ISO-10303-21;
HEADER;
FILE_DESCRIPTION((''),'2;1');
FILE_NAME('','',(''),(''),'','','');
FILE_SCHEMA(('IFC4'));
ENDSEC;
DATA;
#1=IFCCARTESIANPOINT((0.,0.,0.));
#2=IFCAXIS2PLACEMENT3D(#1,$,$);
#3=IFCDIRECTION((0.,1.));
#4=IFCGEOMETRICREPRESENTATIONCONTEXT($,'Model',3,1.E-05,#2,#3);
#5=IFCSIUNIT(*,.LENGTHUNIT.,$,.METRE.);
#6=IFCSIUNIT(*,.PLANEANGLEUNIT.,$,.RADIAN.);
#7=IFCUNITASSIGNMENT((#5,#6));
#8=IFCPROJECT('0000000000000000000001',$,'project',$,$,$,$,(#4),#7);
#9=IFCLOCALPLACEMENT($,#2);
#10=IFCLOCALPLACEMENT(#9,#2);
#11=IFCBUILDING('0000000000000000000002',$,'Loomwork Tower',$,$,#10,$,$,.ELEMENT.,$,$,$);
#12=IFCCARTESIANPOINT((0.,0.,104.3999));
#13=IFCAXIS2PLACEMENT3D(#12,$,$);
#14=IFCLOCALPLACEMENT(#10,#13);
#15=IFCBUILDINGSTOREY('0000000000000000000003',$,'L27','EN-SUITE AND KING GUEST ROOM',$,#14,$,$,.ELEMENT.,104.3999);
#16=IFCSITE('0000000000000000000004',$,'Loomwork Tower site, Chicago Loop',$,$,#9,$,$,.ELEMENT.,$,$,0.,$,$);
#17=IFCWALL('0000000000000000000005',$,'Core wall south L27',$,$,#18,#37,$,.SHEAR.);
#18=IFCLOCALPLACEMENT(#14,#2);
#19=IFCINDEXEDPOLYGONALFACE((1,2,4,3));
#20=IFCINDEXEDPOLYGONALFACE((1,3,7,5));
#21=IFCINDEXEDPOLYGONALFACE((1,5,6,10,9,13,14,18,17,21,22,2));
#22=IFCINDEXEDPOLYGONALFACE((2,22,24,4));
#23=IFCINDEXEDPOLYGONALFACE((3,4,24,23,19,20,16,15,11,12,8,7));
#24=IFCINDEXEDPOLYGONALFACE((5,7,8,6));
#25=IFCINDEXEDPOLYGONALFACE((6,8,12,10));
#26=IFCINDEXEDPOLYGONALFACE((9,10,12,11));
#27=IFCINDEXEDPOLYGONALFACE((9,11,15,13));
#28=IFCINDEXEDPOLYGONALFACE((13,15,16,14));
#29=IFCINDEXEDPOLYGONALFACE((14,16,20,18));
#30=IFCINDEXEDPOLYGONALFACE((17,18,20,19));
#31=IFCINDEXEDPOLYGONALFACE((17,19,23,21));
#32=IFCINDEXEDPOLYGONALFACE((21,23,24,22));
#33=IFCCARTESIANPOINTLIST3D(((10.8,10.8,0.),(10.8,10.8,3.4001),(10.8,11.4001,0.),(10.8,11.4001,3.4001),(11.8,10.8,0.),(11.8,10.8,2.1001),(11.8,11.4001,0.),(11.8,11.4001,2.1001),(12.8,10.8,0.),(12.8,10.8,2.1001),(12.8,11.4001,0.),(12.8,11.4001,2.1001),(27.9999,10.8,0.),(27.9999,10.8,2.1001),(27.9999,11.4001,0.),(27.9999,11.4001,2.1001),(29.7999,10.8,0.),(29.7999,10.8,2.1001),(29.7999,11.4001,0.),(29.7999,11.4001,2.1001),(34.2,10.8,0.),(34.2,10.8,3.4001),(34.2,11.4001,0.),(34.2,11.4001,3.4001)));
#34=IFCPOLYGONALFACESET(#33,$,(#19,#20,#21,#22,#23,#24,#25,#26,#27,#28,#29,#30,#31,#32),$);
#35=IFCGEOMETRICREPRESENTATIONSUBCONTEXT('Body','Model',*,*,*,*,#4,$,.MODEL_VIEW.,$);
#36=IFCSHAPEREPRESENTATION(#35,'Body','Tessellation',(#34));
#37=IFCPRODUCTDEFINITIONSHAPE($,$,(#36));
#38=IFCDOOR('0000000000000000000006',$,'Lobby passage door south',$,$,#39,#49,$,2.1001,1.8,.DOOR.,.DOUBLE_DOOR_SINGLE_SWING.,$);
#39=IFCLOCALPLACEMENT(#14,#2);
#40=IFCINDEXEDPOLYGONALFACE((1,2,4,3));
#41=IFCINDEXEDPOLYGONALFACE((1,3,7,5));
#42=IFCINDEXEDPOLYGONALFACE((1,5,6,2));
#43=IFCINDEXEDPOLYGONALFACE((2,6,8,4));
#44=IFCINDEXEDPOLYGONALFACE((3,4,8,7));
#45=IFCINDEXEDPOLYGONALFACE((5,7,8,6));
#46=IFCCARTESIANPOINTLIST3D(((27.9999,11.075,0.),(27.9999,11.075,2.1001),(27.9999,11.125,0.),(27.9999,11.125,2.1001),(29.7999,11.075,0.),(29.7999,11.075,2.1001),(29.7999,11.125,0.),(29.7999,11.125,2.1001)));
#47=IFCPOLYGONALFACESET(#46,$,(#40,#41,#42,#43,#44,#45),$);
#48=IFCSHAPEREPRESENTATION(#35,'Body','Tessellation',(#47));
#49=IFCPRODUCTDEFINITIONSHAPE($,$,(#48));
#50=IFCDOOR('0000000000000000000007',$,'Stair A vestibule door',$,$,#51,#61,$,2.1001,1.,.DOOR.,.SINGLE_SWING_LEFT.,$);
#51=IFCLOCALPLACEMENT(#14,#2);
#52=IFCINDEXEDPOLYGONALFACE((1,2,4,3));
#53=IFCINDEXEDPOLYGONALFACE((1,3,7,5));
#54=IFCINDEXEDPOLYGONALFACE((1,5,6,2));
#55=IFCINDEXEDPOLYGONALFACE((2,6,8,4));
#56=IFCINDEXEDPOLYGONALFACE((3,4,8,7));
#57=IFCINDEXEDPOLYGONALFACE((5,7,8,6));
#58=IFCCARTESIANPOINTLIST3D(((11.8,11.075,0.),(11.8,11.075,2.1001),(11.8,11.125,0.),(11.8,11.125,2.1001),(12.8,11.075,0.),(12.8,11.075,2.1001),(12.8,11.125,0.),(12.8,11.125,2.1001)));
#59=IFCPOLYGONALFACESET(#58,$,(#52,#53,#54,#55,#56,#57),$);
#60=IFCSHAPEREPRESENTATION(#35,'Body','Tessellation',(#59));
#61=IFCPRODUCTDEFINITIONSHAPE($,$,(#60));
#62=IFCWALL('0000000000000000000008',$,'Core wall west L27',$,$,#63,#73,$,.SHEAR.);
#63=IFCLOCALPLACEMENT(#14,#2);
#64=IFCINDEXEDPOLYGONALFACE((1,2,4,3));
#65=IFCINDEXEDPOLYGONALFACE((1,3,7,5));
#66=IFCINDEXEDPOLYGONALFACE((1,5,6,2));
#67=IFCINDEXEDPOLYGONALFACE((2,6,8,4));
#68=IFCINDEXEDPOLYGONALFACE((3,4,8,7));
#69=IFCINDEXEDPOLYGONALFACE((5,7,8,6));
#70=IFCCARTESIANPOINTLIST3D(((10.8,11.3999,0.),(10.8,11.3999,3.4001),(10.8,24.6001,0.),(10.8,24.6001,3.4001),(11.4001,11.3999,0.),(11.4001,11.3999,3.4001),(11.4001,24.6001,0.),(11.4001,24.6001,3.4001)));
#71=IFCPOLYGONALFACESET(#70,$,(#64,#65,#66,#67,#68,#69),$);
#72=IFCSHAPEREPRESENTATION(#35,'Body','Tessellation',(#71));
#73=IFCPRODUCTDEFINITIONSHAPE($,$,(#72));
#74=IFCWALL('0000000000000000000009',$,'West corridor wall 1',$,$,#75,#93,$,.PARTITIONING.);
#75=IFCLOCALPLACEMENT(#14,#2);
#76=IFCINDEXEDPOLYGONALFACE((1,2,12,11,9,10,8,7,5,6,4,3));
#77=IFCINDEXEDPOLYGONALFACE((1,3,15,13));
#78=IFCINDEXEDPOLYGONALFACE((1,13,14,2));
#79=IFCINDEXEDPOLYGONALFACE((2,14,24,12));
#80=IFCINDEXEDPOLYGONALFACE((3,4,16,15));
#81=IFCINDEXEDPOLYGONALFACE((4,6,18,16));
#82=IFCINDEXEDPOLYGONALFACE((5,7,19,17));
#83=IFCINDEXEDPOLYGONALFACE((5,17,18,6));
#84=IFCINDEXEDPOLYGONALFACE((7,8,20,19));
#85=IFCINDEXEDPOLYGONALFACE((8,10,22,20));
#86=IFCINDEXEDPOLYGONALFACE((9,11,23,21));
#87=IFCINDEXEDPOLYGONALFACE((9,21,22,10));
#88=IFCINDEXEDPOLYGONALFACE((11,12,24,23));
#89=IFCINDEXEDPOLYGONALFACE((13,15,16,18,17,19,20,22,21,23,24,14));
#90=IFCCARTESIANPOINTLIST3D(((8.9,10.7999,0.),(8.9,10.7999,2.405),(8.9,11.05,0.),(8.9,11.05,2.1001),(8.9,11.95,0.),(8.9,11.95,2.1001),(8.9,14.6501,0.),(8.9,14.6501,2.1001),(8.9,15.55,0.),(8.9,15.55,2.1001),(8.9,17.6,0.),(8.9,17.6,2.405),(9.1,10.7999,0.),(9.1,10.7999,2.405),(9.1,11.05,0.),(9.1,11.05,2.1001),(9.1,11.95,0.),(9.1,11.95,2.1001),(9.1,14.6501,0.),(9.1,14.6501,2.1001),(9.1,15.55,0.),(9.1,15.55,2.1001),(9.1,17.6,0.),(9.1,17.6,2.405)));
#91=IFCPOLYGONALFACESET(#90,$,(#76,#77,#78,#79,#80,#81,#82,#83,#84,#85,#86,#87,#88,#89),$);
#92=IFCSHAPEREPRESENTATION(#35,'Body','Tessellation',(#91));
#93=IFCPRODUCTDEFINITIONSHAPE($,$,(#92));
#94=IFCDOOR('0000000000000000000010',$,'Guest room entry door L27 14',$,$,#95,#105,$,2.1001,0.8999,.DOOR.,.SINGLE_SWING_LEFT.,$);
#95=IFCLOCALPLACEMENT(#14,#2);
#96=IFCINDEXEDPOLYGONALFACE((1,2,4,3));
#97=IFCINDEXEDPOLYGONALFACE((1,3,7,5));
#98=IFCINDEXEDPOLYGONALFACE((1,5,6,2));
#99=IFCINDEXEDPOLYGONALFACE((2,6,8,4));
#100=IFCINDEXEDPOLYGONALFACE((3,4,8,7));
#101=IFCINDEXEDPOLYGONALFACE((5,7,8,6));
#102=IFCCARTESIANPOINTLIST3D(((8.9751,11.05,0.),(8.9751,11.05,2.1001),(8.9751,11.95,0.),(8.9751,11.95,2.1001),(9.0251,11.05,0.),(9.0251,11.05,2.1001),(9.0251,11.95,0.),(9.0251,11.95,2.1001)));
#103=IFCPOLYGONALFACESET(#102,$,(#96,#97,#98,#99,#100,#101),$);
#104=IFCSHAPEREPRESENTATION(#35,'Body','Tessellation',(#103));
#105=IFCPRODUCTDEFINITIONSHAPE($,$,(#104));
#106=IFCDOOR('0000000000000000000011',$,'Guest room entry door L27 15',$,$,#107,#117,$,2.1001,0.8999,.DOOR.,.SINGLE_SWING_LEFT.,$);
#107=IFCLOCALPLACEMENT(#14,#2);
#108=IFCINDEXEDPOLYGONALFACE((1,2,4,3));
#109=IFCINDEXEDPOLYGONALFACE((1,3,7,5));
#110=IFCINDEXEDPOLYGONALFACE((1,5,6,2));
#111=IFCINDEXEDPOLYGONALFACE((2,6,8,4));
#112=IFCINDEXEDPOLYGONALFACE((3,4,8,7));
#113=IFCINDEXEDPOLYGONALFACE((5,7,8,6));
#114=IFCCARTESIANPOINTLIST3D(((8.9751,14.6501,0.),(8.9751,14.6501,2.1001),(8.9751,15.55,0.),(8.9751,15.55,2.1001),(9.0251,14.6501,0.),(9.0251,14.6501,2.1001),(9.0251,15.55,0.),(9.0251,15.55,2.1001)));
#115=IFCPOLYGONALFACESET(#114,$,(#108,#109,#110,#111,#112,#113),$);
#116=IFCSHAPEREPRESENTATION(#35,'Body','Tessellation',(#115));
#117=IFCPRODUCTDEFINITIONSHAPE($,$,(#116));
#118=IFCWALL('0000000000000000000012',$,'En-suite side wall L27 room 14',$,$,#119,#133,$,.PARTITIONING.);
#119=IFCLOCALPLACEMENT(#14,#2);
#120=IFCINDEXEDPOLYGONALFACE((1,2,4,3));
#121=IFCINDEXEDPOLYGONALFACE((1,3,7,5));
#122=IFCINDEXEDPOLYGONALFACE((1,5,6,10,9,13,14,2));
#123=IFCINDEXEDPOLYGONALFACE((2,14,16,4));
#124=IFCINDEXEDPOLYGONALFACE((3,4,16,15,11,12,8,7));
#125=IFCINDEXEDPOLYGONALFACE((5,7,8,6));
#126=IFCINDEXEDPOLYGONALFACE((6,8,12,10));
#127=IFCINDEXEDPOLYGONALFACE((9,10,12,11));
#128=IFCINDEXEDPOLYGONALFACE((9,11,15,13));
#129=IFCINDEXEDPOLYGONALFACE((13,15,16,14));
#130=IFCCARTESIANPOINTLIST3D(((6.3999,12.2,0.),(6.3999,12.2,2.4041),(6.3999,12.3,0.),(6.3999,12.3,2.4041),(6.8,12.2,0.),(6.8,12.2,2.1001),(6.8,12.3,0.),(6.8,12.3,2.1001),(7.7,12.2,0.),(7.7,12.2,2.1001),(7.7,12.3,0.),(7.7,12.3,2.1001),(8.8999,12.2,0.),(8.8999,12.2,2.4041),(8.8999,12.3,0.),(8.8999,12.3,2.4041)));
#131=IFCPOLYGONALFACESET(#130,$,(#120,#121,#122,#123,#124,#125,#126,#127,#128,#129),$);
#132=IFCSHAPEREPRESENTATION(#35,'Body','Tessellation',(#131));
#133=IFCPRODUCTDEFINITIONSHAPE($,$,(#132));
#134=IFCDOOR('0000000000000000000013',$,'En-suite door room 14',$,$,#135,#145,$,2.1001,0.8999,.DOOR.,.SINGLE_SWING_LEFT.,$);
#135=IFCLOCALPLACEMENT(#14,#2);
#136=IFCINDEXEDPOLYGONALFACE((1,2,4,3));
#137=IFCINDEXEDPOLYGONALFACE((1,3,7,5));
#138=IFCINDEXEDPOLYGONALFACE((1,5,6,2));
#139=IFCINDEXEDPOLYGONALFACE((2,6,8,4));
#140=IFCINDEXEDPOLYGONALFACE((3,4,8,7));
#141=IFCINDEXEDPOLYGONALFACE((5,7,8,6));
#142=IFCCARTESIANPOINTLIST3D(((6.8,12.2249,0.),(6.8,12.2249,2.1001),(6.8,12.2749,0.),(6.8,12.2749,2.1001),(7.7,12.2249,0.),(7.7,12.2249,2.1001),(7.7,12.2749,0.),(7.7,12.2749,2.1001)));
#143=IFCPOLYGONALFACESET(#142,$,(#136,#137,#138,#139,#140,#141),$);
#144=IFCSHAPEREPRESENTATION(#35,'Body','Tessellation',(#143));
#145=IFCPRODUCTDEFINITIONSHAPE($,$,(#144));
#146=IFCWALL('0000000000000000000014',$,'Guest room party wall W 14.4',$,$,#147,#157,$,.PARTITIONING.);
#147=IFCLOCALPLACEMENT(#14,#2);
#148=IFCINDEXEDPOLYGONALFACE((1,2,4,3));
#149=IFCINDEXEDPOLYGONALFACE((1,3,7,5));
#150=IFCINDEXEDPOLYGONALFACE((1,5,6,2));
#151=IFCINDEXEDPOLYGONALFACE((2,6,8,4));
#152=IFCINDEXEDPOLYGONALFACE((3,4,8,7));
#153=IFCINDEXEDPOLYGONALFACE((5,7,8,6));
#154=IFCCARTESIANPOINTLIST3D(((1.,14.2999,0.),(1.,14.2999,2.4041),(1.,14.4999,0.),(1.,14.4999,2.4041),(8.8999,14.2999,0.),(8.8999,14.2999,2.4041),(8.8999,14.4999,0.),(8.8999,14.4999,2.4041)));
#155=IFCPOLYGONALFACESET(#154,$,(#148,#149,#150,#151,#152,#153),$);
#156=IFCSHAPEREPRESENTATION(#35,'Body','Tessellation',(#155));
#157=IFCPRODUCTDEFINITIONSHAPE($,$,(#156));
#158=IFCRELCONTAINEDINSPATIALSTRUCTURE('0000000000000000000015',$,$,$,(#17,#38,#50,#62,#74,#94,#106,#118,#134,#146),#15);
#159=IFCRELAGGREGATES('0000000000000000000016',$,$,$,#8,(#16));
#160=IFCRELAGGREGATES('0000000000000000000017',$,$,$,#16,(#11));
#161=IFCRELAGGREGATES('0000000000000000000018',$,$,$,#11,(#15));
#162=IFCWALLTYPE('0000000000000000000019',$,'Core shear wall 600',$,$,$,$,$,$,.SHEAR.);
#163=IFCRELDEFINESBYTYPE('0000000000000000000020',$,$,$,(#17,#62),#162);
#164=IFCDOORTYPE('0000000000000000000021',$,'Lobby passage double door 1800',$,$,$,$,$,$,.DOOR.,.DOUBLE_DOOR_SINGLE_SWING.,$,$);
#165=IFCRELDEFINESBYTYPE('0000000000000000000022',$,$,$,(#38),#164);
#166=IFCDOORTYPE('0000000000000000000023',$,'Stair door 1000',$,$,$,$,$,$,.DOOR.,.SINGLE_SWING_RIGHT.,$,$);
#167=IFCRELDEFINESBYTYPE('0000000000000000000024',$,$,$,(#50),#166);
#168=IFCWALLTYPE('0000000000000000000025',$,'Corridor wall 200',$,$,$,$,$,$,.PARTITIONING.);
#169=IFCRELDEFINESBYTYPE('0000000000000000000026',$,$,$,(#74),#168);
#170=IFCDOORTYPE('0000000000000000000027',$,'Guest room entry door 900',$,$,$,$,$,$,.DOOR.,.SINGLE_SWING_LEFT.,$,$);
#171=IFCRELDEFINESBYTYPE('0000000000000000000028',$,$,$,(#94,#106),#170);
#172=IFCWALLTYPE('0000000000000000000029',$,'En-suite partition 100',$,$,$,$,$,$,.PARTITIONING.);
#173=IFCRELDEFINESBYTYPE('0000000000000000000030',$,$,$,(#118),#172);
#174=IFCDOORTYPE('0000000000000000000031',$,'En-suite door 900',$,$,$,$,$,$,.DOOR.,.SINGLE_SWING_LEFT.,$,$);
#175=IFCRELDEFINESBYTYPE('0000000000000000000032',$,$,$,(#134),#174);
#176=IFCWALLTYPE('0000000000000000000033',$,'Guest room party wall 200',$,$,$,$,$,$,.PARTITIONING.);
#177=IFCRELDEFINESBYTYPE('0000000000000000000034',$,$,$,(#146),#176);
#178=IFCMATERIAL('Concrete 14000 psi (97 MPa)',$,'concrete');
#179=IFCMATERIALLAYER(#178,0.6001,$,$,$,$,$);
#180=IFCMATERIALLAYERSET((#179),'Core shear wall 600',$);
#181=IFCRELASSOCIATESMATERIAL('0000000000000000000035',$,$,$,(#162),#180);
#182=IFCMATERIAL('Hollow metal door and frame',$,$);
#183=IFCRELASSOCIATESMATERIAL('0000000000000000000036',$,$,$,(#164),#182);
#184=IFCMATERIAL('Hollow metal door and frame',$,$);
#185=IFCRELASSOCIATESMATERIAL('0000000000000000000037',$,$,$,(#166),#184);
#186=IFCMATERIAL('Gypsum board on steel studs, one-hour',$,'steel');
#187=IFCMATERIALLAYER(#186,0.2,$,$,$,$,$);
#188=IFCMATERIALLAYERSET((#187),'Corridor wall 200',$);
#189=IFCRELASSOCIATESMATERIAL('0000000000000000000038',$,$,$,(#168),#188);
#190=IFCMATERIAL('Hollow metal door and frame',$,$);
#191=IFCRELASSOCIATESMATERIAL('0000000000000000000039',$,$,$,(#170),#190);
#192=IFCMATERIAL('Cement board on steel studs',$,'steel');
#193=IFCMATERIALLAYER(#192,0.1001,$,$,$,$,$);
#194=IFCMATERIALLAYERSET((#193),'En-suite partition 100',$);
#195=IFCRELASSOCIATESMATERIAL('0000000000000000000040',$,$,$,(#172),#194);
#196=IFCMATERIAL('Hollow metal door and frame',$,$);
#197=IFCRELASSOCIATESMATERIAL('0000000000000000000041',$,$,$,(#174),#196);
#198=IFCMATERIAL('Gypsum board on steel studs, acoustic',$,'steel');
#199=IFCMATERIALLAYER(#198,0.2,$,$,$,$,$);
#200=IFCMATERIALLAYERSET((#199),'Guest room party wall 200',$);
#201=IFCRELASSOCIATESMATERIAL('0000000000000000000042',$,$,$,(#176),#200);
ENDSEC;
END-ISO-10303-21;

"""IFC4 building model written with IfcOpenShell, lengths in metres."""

from ifc_helpers import new_model, si_unit, direction, frame, frame_2d, origin, place, context, subcontext, project, spatial, rectangle, extrude, material, layer, layer_set, type_object, element, fill, save


model = new_model("IFC4")

# Units and contexts
model_context = context("Model", 3, precision=1e-05, world=origin(), true_north=direction((0.0, 1.0)))
body_context = subcontext(model_context, "Body", "Model", "MODEL_VIEW")
ifc_project = project(units=[si_unit("LENGTHUNIT", "METRE"), si_unit("PLANEANGLEUNIT", "RADIAN")], contexts=[model_context])

# Site, building, storey
site_placement = place(None, origin())
site = spatial("IfcSite", under=ifc_project, at=site_placement, Name="Loomwork Tower site, Chicago Loop", CompositionType="ELEMENT", RefElevation=0.0)
building_placement = place(site_placement, origin())
building = spatial("IfcBuilding", under=site, at=building_placement, Name="Loomwork Tower", CompositionType="ELEMENT")
storey_placement = place(building_placement, frame((0.0, 0.0, 104.3999)))
storey = spatial("IfcBuildingStorey", under=building, at=storey_placement, Name="L27", Description="EN-SUITE AND KING GUEST ROOM", CompositionType="ELEMENT", Elevation=104.3999)

# Wall, openings, doors
ifc_material_1 = material(Name="Concrete 14000 psi (97 MPa)", Category="concrete")
ifc_layer_1 = layer(ifc_material_1, 0.6001)
ifc_layer_set_1 = layer_set([ifc_layer_1], Name="Core shear wall 600")
wall_type_1 = type_object("IfcWallType", Name="Core shear wall 600", PredefinedType="SHEAR", material=ifc_layer_set_1)
wall_1_placement = place(storey_placement, frame((10.8, 11.1001, 0.0), z_axis=(0.0, 0.0, 1.0), x_axis=(1.0, 0.0, 0.0)))
wall_1 = element("IfcWall", 1, at=wall_1_placement, inside=storey, type_object=wall_type_1, Name="Core wall south L27", PredefinedType="SHEAR", context=body_context, shape_type="SweptSolid", body=[
    extrude(rectangle(XDim=23.3999, YDim=0.6001, at=frame_2d((11.7, 0.0))), origin(), (0.0, 0.0, 1.0), 3.4001),
])
opening_1_placement = place(wall_1_placement, frame((1.0, 0.0, 0.0)))
opening_1 = element("IfcOpeningElement", 2, at=opening_1_placement, cuts=wall_1, PredefinedType="OPENING", context=body_context, shape_type="SweptSolid", body=[
    extrude(rectangle(XDim=1.0, YDim=2.1001, at=frame_2d((0.5, 1.05))), frame((0.0, 0.3101, 0.0), z_axis=(0.0, -1.0, 0.0), x_axis=(1.0, 0.0, 0.0)), (0.0, 0.0, 1.0), 0.6201),
])
opening_2_placement = place(wall_1_placement, frame((17.2, 0.0, 0.0)))
opening_2 = element("IfcOpeningElement", 3, at=opening_2_placement, cuts=wall_1, PredefinedType="OPENING", context=body_context, shape_type="SweptSolid", body=[
    extrude(rectangle(XDim=1.8, YDim=2.1001, at=frame_2d((0.8999, 1.05))), frame((0.0, 0.3101, 0.0), z_axis=(0.0, -1.0, 0.0), x_axis=(1.0, 0.0, 0.0)), (0.0, 0.0, 1.0), 0.6201),
])
ifc_material_2 = material(Name="Hollow metal door and frame")
door_type_1 = type_object("IfcDoorType", Name="Lobby passage double door 1800", OperationType="DOUBLE_DOOR_SINGLE_SWING", PredefinedType="DOOR", material=ifc_material_2)
door_1_placement = place(opening_2_placement, origin())
door_1 = element("IfcDoor", 4, at=door_1_placement, inside=storey, type_object=door_type_1, Name="Lobby passage door south", OperationType="DOUBLE_DOOR_SINGLE_SWING", OverallHeight=2.1001, OverallWidth=1.8, PredefinedType="DOOR", context=body_context, shape_type="SweptSolid", body=[
    extrude(rectangle(XDim=1.8, YDim=2.1001, at=frame_2d((0.8999, 1.05))), frame((0.0, 0.0249, 0.0), z_axis=(0.0, -1.0, 0.0), x_axis=(1.0, 0.0, 0.0)), (0.0, 0.0, 1.0), 0.05),
])
fill(opening_2, door_1)
ifc_material_3 = material(Name="Hollow metal door and frame")
door_type_2 = type_object("IfcDoorType", Name="Stair door 1000", OperationType="SINGLE_SWING_RIGHT", PredefinedType="DOOR", material=ifc_material_3)
door_2_placement = place(opening_1_placement, origin())
door_2 = element("IfcDoor", 5, at=door_2_placement, inside=storey, type_object=door_type_2, Name="Stair A vestibule door", OperationType="SINGLE_SWING_LEFT", OverallHeight=2.1001, OverallWidth=1.0, PredefinedType="DOOR", context=body_context, shape_type="SweptSolid", body=[
    extrude(rectangle(XDim=1.0, YDim=2.1001, at=frame_2d((0.5, 1.05))), frame((0.0, 0.0249, 0.0), z_axis=(0.0, -1.0, 0.0), x_axis=(1.0, 0.0, 0.0)), (0.0, 0.0, 1.0), 0.05),
])
fill(opening_1, door_2)

# Wall
wall_2_placement = place(storey_placement, frame((11.1001, 11.3999, 0.0), z_axis=(0.0, 0.0, 1.0), x_axis=(0.0, 1.0, 0.0)))
element("IfcWall", 6, at=wall_2_placement, inside=storey, type_object=wall_type_1, Name="Core wall west L27", PredefinedType="SHEAR", context=body_context, shape_type="SweptSolid", body=[
    extrude(rectangle(XDim=13.2002, YDim=0.6001, at=frame_2d((6.6001, 0.0))), origin(), (0.0, 0.0, 1.0), 3.4001),
])

# Wall, openings, doors
ifc_material_4 = material(Name="Gypsum board on steel studs, one-hour", Category="steel")
ifc_layer_2 = layer(ifc_material_4, 0.2)
ifc_layer_set_2 = layer_set([ifc_layer_2], Name="Corridor wall 200")
wall_type_2 = type_object("IfcWallType", Name="Corridor wall 200", PredefinedType="PARTITIONING", material=ifc_layer_set_2)
wall_3_placement = place(storey_placement, frame((9.0, 10.8, 0.0), z_axis=(0.0, 0.0, 1.0), x_axis=(0.0, 1.0, 0.0)))
wall_3 = element("IfcWall", 7, at=wall_3_placement, inside=storey, type_object=wall_type_2, Name="West corridor wall 1", PredefinedType="PARTITIONING", context=body_context, shape_type="SweptSolid", body=[
    extrude(rectangle(XDim=6.8, YDim=0.2, at=frame_2d((3.3999, 0.0))), origin(), (0.0, 0.0, 1.0), 2.405),
])
opening_3_placement = place(wall_3_placement, frame((0.25, 0.0, 0.0)))
opening_3 = element("IfcOpeningElement", 8, at=opening_3_placement, cuts=wall_3, PredefinedType="OPENING", context=body_context, shape_type="SweptSolid", body=[
    extrude(rectangle(XDim=0.8999, YDim=2.1001, at=frame_2d((0.45, 1.05))), frame((0.0, 0.1099, 0.0), z_axis=(0.0, -1.0, 0.0), x_axis=(1.0, 0.0, 0.0)), (0.0, 0.0, 1.0), 0.22),
])
opening_4_placement = place(wall_3_placement, frame((3.8501, 0.0, 0.0)))
opening_4 = element("IfcOpeningElement", 9, at=opening_4_placement, cuts=wall_3, PredefinedType="OPENING", context=body_context, shape_type="SweptSolid", body=[
    extrude(rectangle(XDim=0.8999, YDim=2.1001, at=frame_2d((0.45, 1.05))), frame((0.0, 0.1099, 0.0), z_axis=(0.0, -1.0, 0.0), x_axis=(1.0, 0.0, 0.0)), (0.0, 0.0, 1.0), 0.22),
])
ifc_material_5 = material(Name="Hollow metal door and frame")
door_type_3 = type_object("IfcDoorType", Name="Guest room entry door 900", OperationType="SINGLE_SWING_LEFT", PredefinedType="DOOR", material=ifc_material_5)
door_3_placement = place(opening_3_placement, origin())
door_3 = element("IfcDoor", 10, at=door_3_placement, inside=storey, type_object=door_type_3, Name="Guest room entry door L27 14", OperationType="SINGLE_SWING_LEFT", OverallHeight=2.1001, OverallWidth=0.8999, PredefinedType="DOOR", context=body_context, shape_type="SweptSolid", body=[
    extrude(rectangle(XDim=0.8999, YDim=2.1001, at=frame_2d((0.45, 1.05))), frame((0.0, 0.0249, 0.0), z_axis=(0.0, -1.0, 0.0), x_axis=(1.0, 0.0, 0.0)), (0.0, 0.0, 1.0), 0.05),
])
fill(opening_3, door_3)
door_4_placement = place(opening_4_placement, origin())
door_4 = element("IfcDoor", 11, at=door_4_placement, inside=storey, type_object=door_type_3, Name="Guest room entry door L27 15", OperationType="SINGLE_SWING_LEFT", OverallHeight=2.1001, OverallWidth=0.8999, PredefinedType="DOOR", context=body_context, shape_type="SweptSolid", body=[
    extrude(rectangle(XDim=0.8999, YDim=2.1001, at=frame_2d((0.45, 1.05))), frame((0.0, 0.0249, 0.0), z_axis=(0.0, -1.0, 0.0), x_axis=(1.0, 0.0, 0.0)), (0.0, 0.0, 1.0), 0.05),
])
fill(opening_4, door_4)

# Wall, opening, door
ifc_material_6 = material(Name="Cement board on steel studs", Category="steel")
ifc_layer_3 = layer(ifc_material_6, 0.1001)
ifc_layer_set_3 = layer_set([ifc_layer_3], Name="En-suite partition 100")
wall_type_3 = type_object("IfcWallType", Name="En-suite partition 100", PredefinedType="PARTITIONING", material=ifc_layer_set_3)
wall_4_placement = place(storey_placement, frame((8.8999, 12.25, 0.0), z_axis=(0.0, 0.0, 1.0), x_axis=(-1.0, 0.0, 0.0)))
wall_4 = element("IfcWall", 12, at=wall_4_placement, inside=storey, type_object=wall_type_3, Name="En-suite side wall L27 room 14", PredefinedType="PARTITIONING", context=body_context, shape_type="SweptSolid", body=[
    extrude(rectangle(XDim=2.5, YDim=0.1001, at=frame_2d((1.25, 0.0))), origin(), (0.0, 0.0, 1.0), 2.4041),
])
opening_5_placement = place(wall_4_placement, frame((1.2, 0.0, 0.0)))
opening_5 = element("IfcOpeningElement", 13, at=opening_5_placement, cuts=wall_4, PredefinedType="OPENING", context=body_context, shape_type="SweptSolid", body=[
    extrude(rectangle(XDim=0.8999, YDim=2.1001, at=frame_2d((0.45, 1.05))), frame((0.0, 0.0601, 0.0), z_axis=(0.0, -1.0, 0.0), x_axis=(1.0, 0.0, 0.0)), (0.0, 0.0, 1.0), 0.1201),
])
ifc_material_7 = material(Name="Hollow metal door and frame")
door_type_4 = type_object("IfcDoorType", Name="En-suite door 900", OperationType="SINGLE_SWING_LEFT", PredefinedType="DOOR", material=ifc_material_7)
door_5_placement = place(opening_5_placement, frame((0.8999, 0.0, 0.0), z_axis=(0.0, 0.0, 1.0), x_axis=(-1.0, 0.0, 0.0)))
door_5 = element("IfcDoor", 14, at=door_5_placement, inside=storey, type_object=door_type_4, Name="En-suite door room 14", OperationType="SINGLE_SWING_LEFT", OverallHeight=2.1001, OverallWidth=0.8999, PredefinedType="DOOR", context=body_context, shape_type="SweptSolid", body=[
    extrude(rectangle(XDim=0.8999, YDim=2.1001, at=frame_2d((0.45, 1.05))), frame((0.0, 0.0249, 0.0), z_axis=(0.0, -1.0, 0.0), x_axis=(1.0, 0.0, 0.0)), (0.0, 0.0, 1.0), 0.05),
])
fill(opening_5, door_5)

# Wall
ifc_material_8 = material(Name="Gypsum board on steel studs, acoustic", Category="steel")
ifc_layer_4 = layer(ifc_material_8, 0.2)
ifc_layer_set_4 = layer_set([ifc_layer_4], Name="Guest room party wall 200")
wall_type_4 = type_object("IfcWallType", Name="Guest room party wall 200", PredefinedType="PARTITIONING", material=ifc_layer_set_4)
wall_5_placement = place(storey_placement, frame((8.8999, 14.3999, 0.0), z_axis=(0.0, 0.0, 1.0), x_axis=(-1.0, 0.0, 0.0)))
element("IfcWall", 15, at=wall_5_placement, inside=storey, type_object=wall_type_4, Name="Guest room party wall W 14.4", PredefinedType="PARTITIONING", context=body_context, shape_type="SweptSolid", body=[
    extrude(rectangle(XDim=7.8999, YDim=0.2, at=frame_2d((3.95, 0.0))), origin(), (0.0, 0.0, 1.0), 2.4041),
])

save(model, "model.ifc")
